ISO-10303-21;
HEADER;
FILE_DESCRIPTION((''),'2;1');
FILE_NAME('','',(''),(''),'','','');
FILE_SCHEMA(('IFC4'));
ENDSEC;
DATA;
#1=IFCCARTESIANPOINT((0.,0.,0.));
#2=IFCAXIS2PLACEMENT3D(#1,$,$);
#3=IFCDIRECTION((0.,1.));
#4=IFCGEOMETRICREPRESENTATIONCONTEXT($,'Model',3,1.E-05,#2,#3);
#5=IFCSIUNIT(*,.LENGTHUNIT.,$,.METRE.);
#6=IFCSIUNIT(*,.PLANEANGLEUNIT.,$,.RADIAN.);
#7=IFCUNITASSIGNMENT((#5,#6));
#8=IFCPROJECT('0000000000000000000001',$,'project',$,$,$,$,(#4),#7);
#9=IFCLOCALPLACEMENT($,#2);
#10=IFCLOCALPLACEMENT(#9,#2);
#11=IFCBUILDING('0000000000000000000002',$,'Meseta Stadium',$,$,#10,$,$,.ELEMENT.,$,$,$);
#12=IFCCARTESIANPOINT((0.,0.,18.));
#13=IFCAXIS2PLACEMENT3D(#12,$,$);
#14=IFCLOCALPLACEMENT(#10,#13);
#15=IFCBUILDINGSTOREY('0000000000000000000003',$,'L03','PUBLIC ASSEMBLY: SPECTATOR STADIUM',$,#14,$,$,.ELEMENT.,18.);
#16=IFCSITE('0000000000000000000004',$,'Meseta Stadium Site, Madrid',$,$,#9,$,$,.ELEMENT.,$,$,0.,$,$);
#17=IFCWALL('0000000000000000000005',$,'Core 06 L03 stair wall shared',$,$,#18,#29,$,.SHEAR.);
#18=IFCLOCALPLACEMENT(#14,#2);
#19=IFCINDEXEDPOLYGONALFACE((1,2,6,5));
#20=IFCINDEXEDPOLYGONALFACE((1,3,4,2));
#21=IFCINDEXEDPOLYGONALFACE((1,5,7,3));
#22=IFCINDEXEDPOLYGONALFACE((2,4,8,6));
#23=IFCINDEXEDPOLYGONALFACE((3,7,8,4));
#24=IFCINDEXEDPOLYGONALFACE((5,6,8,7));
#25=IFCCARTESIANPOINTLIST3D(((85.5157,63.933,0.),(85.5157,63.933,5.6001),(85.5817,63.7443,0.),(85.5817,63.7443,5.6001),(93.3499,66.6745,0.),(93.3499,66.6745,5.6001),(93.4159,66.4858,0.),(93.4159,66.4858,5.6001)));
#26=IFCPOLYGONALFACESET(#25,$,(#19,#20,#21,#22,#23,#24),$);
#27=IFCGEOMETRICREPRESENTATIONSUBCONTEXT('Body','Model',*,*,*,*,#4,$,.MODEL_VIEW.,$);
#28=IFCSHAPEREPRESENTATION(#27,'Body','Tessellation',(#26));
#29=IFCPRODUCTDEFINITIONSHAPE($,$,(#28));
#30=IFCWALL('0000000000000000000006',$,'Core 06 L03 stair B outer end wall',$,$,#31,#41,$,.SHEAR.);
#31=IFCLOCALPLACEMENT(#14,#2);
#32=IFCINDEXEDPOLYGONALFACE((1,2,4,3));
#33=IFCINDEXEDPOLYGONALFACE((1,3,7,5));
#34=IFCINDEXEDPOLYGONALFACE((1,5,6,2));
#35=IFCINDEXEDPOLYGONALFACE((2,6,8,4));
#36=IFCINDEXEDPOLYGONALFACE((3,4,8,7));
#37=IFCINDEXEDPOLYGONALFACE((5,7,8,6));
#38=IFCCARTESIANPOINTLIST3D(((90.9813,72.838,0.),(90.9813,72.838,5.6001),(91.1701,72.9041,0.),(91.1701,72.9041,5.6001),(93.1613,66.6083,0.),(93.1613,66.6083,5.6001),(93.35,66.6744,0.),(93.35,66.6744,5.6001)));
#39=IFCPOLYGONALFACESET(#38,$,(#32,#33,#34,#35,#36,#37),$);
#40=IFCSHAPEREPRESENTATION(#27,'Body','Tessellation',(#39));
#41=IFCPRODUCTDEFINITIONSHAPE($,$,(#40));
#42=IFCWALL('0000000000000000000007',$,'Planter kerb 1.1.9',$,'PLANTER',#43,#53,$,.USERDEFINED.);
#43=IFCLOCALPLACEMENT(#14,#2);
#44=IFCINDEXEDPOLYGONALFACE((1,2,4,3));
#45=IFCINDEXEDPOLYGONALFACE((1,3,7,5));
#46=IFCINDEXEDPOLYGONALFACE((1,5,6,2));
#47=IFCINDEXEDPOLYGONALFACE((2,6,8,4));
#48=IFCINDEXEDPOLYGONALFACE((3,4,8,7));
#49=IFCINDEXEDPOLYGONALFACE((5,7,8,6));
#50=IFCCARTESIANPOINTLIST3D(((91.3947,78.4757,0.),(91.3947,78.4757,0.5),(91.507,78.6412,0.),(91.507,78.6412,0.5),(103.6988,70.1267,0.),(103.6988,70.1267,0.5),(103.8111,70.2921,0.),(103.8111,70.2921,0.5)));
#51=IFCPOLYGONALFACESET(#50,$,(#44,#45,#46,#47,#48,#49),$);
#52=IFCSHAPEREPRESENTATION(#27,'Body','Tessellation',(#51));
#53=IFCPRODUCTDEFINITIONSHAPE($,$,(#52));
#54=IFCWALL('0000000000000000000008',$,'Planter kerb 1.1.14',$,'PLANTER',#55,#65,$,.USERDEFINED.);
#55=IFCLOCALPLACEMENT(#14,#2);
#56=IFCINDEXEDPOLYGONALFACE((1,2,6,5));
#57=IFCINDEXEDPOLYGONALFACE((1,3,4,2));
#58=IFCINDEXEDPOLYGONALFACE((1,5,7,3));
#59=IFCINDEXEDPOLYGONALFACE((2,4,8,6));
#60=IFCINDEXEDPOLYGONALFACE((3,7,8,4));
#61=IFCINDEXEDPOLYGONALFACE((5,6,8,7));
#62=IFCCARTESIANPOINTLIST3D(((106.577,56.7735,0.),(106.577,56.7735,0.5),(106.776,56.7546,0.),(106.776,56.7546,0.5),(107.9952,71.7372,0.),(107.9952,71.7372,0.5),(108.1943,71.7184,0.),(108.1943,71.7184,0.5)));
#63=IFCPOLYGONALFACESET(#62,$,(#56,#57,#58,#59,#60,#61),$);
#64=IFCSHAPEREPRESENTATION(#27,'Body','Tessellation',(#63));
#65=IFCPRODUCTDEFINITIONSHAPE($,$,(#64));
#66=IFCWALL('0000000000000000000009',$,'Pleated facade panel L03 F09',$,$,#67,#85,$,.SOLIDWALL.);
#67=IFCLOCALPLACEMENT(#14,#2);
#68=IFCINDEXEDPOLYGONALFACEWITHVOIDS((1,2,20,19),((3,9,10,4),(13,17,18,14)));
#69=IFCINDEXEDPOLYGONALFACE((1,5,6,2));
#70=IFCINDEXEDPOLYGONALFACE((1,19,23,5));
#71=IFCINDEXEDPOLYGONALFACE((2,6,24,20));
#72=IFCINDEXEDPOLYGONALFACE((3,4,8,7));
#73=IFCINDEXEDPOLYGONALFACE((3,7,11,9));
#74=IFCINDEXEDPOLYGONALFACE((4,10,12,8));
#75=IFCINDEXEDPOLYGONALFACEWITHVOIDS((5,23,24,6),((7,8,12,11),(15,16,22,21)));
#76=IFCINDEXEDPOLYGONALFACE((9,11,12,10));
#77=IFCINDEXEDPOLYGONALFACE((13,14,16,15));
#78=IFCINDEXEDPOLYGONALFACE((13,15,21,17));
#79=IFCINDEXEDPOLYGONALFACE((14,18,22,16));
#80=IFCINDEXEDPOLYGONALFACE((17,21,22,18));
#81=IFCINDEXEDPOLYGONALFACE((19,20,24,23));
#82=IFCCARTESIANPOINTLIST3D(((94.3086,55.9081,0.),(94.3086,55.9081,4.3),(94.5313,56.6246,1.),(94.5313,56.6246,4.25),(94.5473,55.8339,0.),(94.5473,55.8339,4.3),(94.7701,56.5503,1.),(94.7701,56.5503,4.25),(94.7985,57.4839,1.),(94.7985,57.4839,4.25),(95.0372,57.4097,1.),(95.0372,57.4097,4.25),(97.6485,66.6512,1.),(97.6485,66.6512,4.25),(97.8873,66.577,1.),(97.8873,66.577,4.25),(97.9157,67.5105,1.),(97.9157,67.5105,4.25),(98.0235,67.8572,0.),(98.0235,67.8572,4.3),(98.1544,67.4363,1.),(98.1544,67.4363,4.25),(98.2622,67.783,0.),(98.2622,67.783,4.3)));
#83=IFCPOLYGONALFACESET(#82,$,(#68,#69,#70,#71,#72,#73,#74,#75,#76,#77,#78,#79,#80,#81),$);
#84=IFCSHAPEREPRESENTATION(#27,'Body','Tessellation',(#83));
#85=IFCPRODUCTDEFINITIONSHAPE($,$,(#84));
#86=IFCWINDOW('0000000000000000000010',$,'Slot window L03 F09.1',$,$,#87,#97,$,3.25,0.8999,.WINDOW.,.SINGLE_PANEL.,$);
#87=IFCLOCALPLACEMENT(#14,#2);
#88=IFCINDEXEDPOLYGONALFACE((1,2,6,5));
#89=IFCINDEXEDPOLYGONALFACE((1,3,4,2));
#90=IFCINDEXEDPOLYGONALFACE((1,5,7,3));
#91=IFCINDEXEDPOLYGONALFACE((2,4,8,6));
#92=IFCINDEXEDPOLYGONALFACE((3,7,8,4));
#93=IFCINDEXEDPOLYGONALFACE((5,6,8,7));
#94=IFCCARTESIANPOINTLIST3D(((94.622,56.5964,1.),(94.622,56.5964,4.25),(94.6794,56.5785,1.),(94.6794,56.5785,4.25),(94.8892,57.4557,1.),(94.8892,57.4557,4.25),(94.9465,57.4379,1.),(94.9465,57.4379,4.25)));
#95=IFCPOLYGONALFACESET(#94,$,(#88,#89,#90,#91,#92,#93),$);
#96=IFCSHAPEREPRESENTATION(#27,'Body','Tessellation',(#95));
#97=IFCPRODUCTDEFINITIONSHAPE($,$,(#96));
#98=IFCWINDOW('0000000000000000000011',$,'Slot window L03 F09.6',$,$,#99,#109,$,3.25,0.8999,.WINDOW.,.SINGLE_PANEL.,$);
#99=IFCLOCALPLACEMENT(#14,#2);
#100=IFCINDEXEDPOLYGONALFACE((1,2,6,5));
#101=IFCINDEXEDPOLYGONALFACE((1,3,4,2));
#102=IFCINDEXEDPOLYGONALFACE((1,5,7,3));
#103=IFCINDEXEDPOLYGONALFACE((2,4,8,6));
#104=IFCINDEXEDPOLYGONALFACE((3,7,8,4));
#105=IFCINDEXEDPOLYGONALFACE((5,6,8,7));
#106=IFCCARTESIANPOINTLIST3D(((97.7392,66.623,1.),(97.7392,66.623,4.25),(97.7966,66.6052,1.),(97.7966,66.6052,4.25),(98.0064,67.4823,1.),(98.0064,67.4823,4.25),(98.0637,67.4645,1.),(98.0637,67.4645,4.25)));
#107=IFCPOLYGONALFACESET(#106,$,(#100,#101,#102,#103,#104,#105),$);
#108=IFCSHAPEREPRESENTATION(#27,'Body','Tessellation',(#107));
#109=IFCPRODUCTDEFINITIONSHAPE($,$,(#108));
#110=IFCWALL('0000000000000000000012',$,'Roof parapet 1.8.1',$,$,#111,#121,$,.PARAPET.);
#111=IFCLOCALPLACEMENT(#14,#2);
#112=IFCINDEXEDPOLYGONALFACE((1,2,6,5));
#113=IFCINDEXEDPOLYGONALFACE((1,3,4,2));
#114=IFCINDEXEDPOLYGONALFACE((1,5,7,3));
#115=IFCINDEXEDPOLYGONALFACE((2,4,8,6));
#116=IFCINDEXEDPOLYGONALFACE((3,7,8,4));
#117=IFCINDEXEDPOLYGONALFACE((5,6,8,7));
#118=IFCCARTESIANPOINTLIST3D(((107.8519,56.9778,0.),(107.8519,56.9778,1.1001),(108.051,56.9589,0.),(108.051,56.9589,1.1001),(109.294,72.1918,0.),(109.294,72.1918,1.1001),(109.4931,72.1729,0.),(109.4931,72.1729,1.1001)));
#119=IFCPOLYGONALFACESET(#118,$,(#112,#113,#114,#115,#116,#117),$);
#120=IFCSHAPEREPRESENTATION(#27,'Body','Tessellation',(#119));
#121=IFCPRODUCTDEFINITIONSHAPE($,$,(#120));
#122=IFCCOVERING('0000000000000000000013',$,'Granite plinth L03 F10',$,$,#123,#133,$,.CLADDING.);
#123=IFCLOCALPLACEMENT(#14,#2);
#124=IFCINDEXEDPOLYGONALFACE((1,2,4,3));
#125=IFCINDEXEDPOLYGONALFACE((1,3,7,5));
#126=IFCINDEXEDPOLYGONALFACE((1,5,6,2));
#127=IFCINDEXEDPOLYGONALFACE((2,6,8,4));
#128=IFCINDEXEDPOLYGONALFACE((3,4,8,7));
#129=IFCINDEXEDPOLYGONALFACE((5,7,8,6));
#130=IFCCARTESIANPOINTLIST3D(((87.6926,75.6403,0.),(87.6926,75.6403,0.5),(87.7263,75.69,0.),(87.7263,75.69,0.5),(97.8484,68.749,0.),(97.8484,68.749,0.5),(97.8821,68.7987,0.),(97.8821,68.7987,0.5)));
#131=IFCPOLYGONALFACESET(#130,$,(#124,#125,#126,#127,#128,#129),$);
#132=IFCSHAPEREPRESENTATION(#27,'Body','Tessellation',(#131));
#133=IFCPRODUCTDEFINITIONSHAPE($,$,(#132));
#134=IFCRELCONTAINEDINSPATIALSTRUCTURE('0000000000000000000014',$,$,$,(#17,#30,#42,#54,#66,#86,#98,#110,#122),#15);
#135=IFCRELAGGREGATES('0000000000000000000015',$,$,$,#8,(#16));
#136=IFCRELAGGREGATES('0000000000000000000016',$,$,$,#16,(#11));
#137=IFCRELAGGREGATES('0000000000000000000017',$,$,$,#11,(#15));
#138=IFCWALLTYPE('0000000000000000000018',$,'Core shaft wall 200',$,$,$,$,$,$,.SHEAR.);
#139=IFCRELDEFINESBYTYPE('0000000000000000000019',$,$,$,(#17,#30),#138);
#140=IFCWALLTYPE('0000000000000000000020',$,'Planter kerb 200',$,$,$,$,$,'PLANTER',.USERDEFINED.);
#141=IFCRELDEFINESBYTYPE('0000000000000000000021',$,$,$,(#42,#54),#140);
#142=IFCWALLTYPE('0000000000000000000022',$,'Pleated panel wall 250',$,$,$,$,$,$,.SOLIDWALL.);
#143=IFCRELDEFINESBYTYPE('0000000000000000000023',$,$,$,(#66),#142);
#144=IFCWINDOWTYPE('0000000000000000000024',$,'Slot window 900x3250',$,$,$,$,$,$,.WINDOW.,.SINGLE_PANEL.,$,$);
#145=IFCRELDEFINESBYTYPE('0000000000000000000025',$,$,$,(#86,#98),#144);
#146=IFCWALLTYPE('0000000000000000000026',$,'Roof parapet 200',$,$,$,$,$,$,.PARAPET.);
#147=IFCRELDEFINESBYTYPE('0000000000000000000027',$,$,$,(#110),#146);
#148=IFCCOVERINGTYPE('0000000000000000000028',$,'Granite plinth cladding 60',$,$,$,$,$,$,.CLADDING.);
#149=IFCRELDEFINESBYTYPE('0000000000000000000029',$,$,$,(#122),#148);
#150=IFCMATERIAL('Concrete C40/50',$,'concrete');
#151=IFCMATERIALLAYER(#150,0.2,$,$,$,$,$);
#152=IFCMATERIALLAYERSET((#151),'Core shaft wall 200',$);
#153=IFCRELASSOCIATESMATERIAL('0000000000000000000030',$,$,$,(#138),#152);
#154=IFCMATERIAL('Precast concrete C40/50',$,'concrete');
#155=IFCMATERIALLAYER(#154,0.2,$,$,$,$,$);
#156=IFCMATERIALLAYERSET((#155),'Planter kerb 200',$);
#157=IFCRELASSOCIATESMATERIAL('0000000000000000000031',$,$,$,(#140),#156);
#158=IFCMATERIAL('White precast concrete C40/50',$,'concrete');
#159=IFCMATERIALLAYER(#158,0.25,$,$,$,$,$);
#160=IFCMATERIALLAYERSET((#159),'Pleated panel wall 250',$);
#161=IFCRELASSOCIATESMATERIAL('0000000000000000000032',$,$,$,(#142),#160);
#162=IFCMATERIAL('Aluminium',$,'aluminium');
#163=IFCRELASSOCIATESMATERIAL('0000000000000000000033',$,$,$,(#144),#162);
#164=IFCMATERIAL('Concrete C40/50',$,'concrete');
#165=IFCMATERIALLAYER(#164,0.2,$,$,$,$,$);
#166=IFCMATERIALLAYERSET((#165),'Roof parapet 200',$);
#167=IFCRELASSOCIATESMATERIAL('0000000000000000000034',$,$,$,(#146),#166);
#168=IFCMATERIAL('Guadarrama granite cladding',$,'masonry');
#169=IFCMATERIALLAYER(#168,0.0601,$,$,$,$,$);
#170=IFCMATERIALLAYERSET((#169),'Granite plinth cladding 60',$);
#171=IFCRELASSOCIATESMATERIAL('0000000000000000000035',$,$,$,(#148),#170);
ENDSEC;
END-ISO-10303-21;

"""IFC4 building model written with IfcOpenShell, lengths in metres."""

from ifc_helpers import new_model, si_unit, direction, frame, frame_2d, origin, origin_2d, place, context, subcontext, project, spatial, rectangle, extrude, material, layer, layer_set, type_object, element, fill, save


model = new_model("IFC4")

# Units and contexts
model_context = context("Model", 3, precision=1e-05, world=origin(), true_north=direction((0.0, 1.0)))
body_context = subcontext(model_context, "Body", "Model", "MODEL_VIEW")
ifc_project = project(units=[si_unit("LENGTHUNIT", "METRE"), si_unit("PLANEANGLEUNIT", "RADIAN")], contexts=[model_context])

# Site, building, storey
site_placement = place(None, origin())
site = spatial("IfcSite", under=ifc_project, at=site_placement, Name="Meseta Stadium Site, Madrid", CompositionType="ELEMENT", RefElevation=0.0)
building_placement = place(site_placement, origin())
building = spatial("IfcBuilding", under=site, at=building_placement, Name="Meseta Stadium", CompositionType="ELEMENT")
storey_placement = place(building_placement, frame((0.0, 0.0, 18.0)))
storey = spatial("IfcBuildingStorey", under=building, at=storey_placement, Name="L03", Description="PUBLIC ASSEMBLY: SPECTATOR STADIUM", CompositionType="ELEMENT", Elevation=18.0)

# Walls
ifc_material_1 = material(Name="Concrete C40/50", Category="concrete")
ifc_layer_1 = layer(ifc_material_1, 0.2)
ifc_layer_set_1 = layer_set([ifc_layer_1], Name="Core shaft wall 200")
wall_type_1 = type_object("IfcWallType", Name="Core shaft wall 200", PredefinedType="SHEAR", material=ifc_layer_set_1)
wall_1_placement = place(storey_placement, frame((93.3828, 66.5801, 0.0), z_axis=(0.0, 0.0, 1.0), x_axis=(-0.943878, -0.330294, 0.0)))
element("IfcWall", 1, at=wall_1_placement, inside=storey, type_object=wall_type_1, Name="Core 06 L03 stair wall shared", PredefinedType="SHEAR", context=body_context, shape_type="SweptSolid", body=[
    extrude(rectangle(XDim=8.3, YDim=0.2, at=frame_2d((4.1499, 0.0))), origin(), (0.0, 0.0, 1.0), 5.6001),
])
wall_2_placement = place(storey_placement, frame((93.2556, 66.6414, 0.0), z_axis=(0.0, 0.0, 1.0), x_axis=(-0.330286, 0.943881, 0.0)))
element("IfcWall", 2, at=wall_2_placement, inside=storey, type_object=wall_type_1, Name="Core 06 L03 stair B outer end wall", PredefinedType="SHEAR", context=body_context, shape_type="SweptSolid", body=[
    extrude(rectangle(XDim=6.6001, YDim=0.2, at=frame_2d((3.3, 0.0))), origin(), (0.0, 0.0, 1.0), 5.6001),
])
ifc_material_2 = material(Name="Precast concrete C40/50", Category="concrete")
ifc_layer_2 = layer(ifc_material_2, 0.2)
ifc_layer_set_2 = layer_set([ifc_layer_2], Name="Planter kerb 200")
wall_type_2 = type_object("IfcWallType", Name="Planter kerb 200", ElementType="PLANTER", PredefinedType="USERDEFINED", material=ifc_layer_set_2)
wall_3_placement = place(storey_placement, frame((103.7549, 70.2095, 0.0), z_axis=(0.0, 0.0, 1.0), x_axis=(-0.827481, 0.561494, 0.0)))
element("IfcWall", 3, at=wall_3_placement, inside=storey, type_object=wall_type_2, Name="Planter kerb 1.1.9", ObjectType="PLANTER", PredefinedType="USERDEFINED", context=body_context, shape_type="SweptSolid", body=[
    extrude(rectangle(XDim=14.8694, YDim=0.2, at=frame_2d((7.4346, 0.0))), origin(), (0.0, 0.0, 1.0), 0.5),
])
wall_4_placement = place(storey_placement, frame((108.0947, 71.7278, 0.0), z_axis=(0.0, 0.0, 1.0), x_axis=(-0.094355, -0.995539, 0.0)))
element("IfcWall", 4, at=wall_4_placement, inside=storey, type_object=wall_type_2, Name="Planter kerb 1.1.14", ObjectType="PLANTER", PredefinedType="USERDEFINED", context=body_context, shape_type="SweptSolid", body=[
    extrude(rectangle(XDim=15.0308, YDim=0.2, at=frame_2d((7.5154, 0.0))), origin(), (0.0, 0.0, 1.0), 0.5),
])

# Wall, openings, windows
ifc_material_3 = material(Name="White precast concrete C40/50", Category="concrete")
ifc_layer_3 = layer(ifc_material_3, 0.25)
ifc_layer_set_3 = layer_set([ifc_layer_3], Name="Pleated panel wall 250")
wall_type_3 = type_object("IfcWallType", Name="Pleated panel wall 250", PredefinedType="SOLIDWALL", material=ifc_layer_set_3)
wall_5_placement = place(storey_placement, frame((98.1428, 67.8201, 0.0), z_axis=(0.0, 0.0, 1.0), x_axis=(-0.296876, -0.954916, 0.0)))
wall_5 = element("IfcWall", 5, at=wall_5_placement, inside=storey, type_object=wall_type_3, Name="Pleated facade panel L03 F09", PredefinedType="SOLIDWALL", context=body_context, shape_type="SweptSolid", body=[
    extrude(rectangle(XDim=12.5132, YDim=0.25, at=frame_2d((6.2566, 0.0))), origin(), (0.0, 0.0, 1.0), 4.3),
])
opening_1_placement = place(wall_5_placement, frame((10.863, 0.0, 1.0)))
opening_1 = element("IfcOpeningElement", 6, at=opening_1_placement, cuts=wall_5, PredefinedType="OPENING", context=body_context, shape_type="SweptSolid", body=[
    extrude(rectangle(XDim=0.8999, YDim=3.25, at=frame_2d((0.45, 1.625))), frame((0.0, 0.135, 0.0), z_axis=(0.0, -1.0, 0.0), x_axis=(1.0, 0.0, 0.0)), (0.0, 0.0, 1.0), 0.27),
])
opening_2_placement = place(wall_5_placement, frame((0.363, 0.0, 1.0)))
opening_2 = element("IfcOpeningElement", 7, at=opening_2_placement, cuts=wall_5, PredefinedType="OPENING", context=body_context, shape_type="SweptSolid", body=[
    extrude(rectangle(XDim=0.8999, YDim=3.25, at=frame_2d((0.45, 1.625))), frame((0.0, 0.135, 0.0), z_axis=(0.0, -1.0, 0.0), x_axis=(1.0, 0.0, 0.0)), (0.0, 0.0, 1.0), 0.27),
])
ifc_material_4 = material(Name="Aluminium", Category="aluminium")
window_type = type_object("IfcWindowType", Name="Slot window 900x3250", PartitioningType="SINGLE_PANEL", PredefinedType="WINDOW", material=ifc_material_4)
window_1_placement = place(opening_1_placement, origin())
window_1 = element("IfcWindow", 8, at=window_1_placement, inside=storey, type_object=window_type, Name="Slot window L03 F09.1", OverallHeight=3.25, OverallWidth=0.8999, PartitioningType="SINGLE_PANEL", PredefinedType="WINDOW", context=body_context, shape_type="SweptSolid", body=[
    extrude(rectangle(XDim=0.8999, YDim=3.25, at=frame_2d((0.45, 1.625))), frame((0.0, 0.03, 0.0), z_axis=(0.0, -1.0, 0.0), x_axis=(1.0, 0.0, 0.0)), (0.0, 0.0, 1.0), 0.0601),
])
fill(opening_1, window_1)
window_2_placement = place(opening_2_placement, origin())
window_2 = element("IfcWindow", 9, at=window_2_placement, inside=storey, type_object=window_type, Name="Slot window L03 F09.6", OverallHeight=3.25, OverallWidth=0.8999, PartitioningType="SINGLE_PANEL", PredefinedType="WINDOW", context=body_context, shape_type="SweptSolid", body=[
    extrude(rectangle(XDim=0.8999, YDim=3.25, at=frame_2d((0.45, 1.625))), frame((0.0, 0.03, 0.0), z_axis=(0.0, -1.0, 0.0), x_axis=(1.0, 0.0, 0.0)), (0.0, 0.0, 1.0), 0.0601),
])
fill(opening_2, window_2)

# Wall
ifc_material_5 = material(Name="Concrete C40/50", Category="concrete")
ifc_layer_4 = layer(ifc_material_5, 0.2)
ifc_layer_set_4 = layer_set([ifc_layer_4], Name="Roof parapet 200")
wall_type_4 = type_object("IfcWallType", Name="Roof parapet 200", PredefinedType="PARAPET", material=ifc_layer_set_4)
wall_6_placement = place(storey_placement, frame((109.3936, 72.1824, 0.0), z_axis=(0.0, 0.0, 1.0), x_axis=(-0.094367, -0.995538, 0.0)))
element("IfcWall", 10, at=wall_6_placement, inside=storey, type_object=wall_type_4, Name="Roof parapet 1.8.1", PredefinedType="PARAPET", context=body_context, shape_type="SweptSolid", body=[
    extrude(rectangle(XDim=15.2822, YDim=0.2, at=frame_2d((7.6411, 0.0))), origin(), (0.0, 0.0, 1.0), 1.1001),
])

# Covering
ifc_material_6 = material(Name="Guadarrama granite cladding", Category="masonry")
ifc_layer_5 = layer(ifc_material_6, 0.0601)
ifc_layer_set_5 = layer_set([ifc_layer_5], Name="Granite plinth cladding 60")
covering_type_1 = type_object("IfcCoveringType", Name="Granite plinth cladding 60", PredefinedType="CLADDING", material=ifc_layer_set_5)
covering_1_placement = place(storey_placement, frame((92.7874, 72.2195, 0.0), z_axis=(0.0, 0.0, 1.0), x_axis=(0.827484, -0.56149, 0.0)))
element("IfcCovering", 11, at=covering_1_placement, inside=storey, type_object=covering_type_1, Name="Granite plinth L03 F10", PredefinedType="CLADDING", context=body_context, shape_type="SweptSolid", body=[
    extrude(rectangle(XDim=12.2732, YDim=0.0601, at=origin_2d()), origin(), (0.0, 0.0, 1.0), 0.5),
])

save(model, "model.ifc")
